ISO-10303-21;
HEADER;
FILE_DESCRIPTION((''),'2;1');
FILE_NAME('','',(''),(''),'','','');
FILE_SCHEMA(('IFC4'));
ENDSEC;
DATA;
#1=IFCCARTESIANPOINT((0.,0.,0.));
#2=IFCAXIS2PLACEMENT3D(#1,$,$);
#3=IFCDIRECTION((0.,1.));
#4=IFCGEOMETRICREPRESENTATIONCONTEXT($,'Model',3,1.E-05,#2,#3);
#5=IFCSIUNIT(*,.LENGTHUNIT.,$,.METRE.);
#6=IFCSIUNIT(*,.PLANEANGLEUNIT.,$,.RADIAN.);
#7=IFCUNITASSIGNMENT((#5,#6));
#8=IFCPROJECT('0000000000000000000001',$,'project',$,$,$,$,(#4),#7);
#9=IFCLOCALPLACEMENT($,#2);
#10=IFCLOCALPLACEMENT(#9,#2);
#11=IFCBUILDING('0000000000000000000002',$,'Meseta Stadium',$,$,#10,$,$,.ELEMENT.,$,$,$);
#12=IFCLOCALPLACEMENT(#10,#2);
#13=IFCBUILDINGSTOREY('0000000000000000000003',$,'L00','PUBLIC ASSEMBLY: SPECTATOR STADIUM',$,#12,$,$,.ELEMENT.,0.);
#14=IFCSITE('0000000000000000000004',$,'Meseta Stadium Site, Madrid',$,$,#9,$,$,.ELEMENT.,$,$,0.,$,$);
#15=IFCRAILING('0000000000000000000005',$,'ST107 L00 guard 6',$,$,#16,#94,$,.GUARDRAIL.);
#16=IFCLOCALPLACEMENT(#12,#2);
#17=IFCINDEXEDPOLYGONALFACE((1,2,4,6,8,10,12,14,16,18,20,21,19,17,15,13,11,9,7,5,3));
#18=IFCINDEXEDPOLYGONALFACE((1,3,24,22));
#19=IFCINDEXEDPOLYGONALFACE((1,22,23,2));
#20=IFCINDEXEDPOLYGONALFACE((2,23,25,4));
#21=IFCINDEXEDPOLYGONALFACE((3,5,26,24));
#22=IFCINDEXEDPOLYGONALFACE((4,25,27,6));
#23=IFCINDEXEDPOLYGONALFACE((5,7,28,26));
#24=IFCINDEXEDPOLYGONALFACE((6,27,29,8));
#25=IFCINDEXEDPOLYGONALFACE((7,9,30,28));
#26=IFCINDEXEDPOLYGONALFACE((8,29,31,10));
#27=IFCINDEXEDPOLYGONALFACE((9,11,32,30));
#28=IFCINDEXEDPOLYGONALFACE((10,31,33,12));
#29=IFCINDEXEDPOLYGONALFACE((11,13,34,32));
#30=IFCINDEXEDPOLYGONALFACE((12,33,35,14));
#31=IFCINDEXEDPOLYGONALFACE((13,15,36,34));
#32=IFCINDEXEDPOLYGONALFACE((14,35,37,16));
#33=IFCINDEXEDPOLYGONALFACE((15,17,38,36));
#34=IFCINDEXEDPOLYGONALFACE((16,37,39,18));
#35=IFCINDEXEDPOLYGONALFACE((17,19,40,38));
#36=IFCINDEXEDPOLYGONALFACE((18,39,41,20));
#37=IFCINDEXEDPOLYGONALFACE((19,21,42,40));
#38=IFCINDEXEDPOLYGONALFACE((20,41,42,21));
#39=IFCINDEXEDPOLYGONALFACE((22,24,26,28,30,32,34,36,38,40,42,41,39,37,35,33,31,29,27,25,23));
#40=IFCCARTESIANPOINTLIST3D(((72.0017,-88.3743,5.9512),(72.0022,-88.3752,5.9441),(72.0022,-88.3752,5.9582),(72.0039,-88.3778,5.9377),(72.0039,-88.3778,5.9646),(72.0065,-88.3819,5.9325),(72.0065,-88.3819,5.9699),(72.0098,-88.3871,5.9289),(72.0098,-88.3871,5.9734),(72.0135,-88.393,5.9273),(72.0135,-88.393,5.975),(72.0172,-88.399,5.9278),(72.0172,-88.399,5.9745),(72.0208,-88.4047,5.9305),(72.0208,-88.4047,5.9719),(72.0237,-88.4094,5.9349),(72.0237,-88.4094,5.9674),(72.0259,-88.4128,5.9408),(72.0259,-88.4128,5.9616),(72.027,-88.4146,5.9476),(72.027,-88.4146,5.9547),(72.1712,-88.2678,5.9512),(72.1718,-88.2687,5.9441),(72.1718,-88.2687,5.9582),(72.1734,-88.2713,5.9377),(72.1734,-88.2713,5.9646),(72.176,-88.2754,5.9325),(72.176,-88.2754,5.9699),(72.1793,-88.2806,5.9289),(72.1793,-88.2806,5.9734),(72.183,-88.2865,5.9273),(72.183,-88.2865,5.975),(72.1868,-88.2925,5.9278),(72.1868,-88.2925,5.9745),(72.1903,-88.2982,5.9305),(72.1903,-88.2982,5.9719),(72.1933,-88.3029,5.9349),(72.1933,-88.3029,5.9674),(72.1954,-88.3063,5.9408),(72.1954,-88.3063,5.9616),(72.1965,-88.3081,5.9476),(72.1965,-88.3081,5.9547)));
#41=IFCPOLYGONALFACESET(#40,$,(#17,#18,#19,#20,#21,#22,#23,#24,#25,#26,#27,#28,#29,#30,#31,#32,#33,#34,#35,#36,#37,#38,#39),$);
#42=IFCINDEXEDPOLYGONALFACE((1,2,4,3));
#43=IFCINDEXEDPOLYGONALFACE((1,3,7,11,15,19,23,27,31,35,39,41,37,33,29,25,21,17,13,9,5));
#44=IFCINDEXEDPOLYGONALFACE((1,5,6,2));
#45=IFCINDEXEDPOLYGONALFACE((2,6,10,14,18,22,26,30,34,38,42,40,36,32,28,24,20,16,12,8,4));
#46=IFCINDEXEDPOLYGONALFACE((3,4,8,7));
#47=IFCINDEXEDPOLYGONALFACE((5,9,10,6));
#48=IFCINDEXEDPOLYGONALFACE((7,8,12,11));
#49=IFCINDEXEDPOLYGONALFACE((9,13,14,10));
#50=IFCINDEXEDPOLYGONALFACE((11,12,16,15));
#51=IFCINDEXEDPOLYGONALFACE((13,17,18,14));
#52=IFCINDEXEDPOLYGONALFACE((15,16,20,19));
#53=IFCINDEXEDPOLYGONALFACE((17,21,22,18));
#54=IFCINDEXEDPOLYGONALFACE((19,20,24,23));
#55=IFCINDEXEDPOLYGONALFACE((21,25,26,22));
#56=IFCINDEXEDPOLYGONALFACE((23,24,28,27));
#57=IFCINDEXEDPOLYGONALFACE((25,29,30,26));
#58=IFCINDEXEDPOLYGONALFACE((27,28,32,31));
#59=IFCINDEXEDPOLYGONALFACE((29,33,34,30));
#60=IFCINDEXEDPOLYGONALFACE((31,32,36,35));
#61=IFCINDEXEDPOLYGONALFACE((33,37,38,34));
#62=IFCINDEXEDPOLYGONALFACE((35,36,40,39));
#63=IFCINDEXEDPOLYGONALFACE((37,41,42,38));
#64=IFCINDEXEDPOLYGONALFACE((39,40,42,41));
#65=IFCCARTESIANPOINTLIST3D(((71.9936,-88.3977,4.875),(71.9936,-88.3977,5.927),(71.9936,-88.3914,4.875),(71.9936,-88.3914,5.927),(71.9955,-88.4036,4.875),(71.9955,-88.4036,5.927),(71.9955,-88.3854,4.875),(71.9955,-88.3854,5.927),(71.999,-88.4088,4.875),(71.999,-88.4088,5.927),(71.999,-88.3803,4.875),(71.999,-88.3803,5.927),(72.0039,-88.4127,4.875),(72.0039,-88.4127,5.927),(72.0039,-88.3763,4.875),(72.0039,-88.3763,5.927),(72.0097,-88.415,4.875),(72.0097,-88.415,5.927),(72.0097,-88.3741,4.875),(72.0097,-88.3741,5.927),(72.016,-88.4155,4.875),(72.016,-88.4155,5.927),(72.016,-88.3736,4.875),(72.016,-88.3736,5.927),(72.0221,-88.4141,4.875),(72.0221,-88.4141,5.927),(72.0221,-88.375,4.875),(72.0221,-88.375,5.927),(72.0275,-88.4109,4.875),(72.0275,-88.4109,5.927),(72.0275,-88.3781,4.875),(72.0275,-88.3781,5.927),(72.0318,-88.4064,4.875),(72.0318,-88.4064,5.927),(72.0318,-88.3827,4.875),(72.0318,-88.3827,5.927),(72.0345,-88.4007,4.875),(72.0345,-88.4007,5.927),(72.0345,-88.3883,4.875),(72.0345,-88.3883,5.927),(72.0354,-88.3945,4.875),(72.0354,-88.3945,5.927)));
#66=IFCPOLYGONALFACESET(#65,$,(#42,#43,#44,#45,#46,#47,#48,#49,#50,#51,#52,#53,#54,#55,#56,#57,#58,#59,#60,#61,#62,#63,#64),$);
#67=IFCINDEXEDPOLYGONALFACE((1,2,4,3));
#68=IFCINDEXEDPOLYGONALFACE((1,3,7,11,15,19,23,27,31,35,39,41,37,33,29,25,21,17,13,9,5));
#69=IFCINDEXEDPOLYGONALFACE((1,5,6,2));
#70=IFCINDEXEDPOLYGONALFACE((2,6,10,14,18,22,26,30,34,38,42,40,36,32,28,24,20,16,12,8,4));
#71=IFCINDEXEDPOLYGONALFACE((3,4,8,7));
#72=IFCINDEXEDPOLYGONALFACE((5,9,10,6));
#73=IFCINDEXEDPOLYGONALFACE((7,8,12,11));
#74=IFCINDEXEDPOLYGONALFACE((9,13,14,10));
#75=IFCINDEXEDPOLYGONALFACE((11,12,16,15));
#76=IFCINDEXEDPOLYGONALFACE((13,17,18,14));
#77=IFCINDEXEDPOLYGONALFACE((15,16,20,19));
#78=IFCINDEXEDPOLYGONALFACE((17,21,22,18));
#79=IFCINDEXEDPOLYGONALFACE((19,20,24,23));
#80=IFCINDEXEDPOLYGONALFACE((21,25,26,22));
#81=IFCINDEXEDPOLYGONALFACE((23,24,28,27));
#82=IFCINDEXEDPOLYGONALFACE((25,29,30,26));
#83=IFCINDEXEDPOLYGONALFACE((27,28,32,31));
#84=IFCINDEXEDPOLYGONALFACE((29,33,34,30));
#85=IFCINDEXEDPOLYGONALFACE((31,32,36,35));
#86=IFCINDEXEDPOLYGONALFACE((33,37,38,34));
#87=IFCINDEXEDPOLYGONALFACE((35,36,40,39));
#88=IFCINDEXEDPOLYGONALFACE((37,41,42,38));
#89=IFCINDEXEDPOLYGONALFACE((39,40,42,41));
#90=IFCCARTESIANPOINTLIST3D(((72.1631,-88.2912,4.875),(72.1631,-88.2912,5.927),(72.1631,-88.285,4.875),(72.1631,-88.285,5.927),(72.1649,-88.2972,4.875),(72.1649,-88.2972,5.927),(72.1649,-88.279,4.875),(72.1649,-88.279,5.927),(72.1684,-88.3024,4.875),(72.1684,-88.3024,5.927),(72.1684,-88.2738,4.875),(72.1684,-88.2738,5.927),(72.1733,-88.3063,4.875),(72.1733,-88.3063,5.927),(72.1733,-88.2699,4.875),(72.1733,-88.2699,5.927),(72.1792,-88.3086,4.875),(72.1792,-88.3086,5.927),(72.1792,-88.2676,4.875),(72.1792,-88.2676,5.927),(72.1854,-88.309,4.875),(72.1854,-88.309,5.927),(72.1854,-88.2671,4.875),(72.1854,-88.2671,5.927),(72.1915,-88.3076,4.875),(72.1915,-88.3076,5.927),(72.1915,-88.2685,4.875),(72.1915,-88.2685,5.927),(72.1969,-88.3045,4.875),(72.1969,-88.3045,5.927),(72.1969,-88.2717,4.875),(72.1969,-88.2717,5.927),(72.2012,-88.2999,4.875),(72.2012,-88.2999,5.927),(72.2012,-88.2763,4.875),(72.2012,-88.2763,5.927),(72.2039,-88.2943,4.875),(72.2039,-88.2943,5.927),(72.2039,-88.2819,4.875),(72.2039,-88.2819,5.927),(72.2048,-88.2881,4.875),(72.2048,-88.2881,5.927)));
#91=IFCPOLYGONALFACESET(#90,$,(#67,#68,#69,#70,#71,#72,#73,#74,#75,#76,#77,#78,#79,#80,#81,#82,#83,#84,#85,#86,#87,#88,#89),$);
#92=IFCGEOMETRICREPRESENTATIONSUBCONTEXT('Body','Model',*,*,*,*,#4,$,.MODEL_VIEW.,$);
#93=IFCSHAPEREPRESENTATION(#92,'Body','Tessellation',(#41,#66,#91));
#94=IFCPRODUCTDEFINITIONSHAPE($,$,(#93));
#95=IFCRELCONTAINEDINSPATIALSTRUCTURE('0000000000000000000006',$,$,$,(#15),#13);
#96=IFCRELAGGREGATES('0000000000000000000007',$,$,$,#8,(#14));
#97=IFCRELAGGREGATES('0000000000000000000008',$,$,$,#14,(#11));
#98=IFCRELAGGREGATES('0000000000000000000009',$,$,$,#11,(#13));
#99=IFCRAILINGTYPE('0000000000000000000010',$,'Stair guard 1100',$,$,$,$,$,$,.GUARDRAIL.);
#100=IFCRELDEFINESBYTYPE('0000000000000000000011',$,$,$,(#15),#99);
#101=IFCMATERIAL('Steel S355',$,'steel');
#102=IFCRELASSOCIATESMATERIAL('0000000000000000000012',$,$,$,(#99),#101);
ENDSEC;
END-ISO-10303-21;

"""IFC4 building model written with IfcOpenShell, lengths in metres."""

from ifc_helpers import new_model, si_unit, direction, frame, origin, origin_2d, place, context, subcontext, project, spatial, circle, extrude, material, type_object, element, save


model = new_model("IFC4")

# Units and contexts
model_context = context("Model", 3, precision=1e-05, world=origin(), true_north=direction((0.0, 1.0)))
body_context = subcontext(model_context, "Body", "Model", "MODEL_VIEW")
ifc_project = project(units=[si_unit("LENGTHUNIT", "METRE"), si_unit("PLANEANGLEUNIT", "RADIAN")], contexts=[model_context])

# Site, building, storey
site_placement = place(None, origin())
site = spatial("IfcSite", under=ifc_project, at=site_placement, Name="Meseta Stadium Site, Madrid", CompositionType="ELEMENT", RefElevation=0.0)
building_placement = place(site_placement, origin())
building = spatial("IfcBuilding", under=site, at=building_placement, Name="Meseta Stadium", CompositionType="ELEMENT")
storey_placement = place(building_placement, origin())
storey = spatial("IfcBuildingStorey", under=building, at=storey_placement, Name="L00", Description="PUBLIC ASSEMBLY: SPECTATOR STADIUM", CompositionType="ELEMENT", Elevation=0.0)

# Railing
ifc_material_1 = material(Name="Steel S355", Category="steel")
railing_type_1 = type_object("IfcRailingType", Name="Stair guard 1100", PredefinedType="GUARDRAIL", material=ifc_material_1)
railing_1_placement = place(storey_placement, frame((72.0144, -88.3945, 4.875)))
element("IfcRailing", 1, at=railing_1_placement, inside=storey, type_object=railing_type_1, Name="ST107 L00 guard 6", PredefinedType="GUARDRAIL", context=body_context, shape_type="SweptSolid", body=[
    extrude(circle(Radius=0.0239, at=origin_2d()), frame((0.0, 0.0, 1.0762), z_axis=(0.846762, 0.531972, 0.0), x_axis=(-0.531972, 0.846762, 0.0)), (0.0, 0.0, 1.0), 0.2002),
    extrude(circle(Radius=0.021, at=origin_2d()), origin(), (0.0, 0.0, 1.0), 1.052),
    extrude(circle(Radius=0.021, at=origin_2d()), frame((0.1694, 0.1064, 0.0)), (0.0, 0.0, 1.0), 1.052),
])

save(model, "model.ifc")
